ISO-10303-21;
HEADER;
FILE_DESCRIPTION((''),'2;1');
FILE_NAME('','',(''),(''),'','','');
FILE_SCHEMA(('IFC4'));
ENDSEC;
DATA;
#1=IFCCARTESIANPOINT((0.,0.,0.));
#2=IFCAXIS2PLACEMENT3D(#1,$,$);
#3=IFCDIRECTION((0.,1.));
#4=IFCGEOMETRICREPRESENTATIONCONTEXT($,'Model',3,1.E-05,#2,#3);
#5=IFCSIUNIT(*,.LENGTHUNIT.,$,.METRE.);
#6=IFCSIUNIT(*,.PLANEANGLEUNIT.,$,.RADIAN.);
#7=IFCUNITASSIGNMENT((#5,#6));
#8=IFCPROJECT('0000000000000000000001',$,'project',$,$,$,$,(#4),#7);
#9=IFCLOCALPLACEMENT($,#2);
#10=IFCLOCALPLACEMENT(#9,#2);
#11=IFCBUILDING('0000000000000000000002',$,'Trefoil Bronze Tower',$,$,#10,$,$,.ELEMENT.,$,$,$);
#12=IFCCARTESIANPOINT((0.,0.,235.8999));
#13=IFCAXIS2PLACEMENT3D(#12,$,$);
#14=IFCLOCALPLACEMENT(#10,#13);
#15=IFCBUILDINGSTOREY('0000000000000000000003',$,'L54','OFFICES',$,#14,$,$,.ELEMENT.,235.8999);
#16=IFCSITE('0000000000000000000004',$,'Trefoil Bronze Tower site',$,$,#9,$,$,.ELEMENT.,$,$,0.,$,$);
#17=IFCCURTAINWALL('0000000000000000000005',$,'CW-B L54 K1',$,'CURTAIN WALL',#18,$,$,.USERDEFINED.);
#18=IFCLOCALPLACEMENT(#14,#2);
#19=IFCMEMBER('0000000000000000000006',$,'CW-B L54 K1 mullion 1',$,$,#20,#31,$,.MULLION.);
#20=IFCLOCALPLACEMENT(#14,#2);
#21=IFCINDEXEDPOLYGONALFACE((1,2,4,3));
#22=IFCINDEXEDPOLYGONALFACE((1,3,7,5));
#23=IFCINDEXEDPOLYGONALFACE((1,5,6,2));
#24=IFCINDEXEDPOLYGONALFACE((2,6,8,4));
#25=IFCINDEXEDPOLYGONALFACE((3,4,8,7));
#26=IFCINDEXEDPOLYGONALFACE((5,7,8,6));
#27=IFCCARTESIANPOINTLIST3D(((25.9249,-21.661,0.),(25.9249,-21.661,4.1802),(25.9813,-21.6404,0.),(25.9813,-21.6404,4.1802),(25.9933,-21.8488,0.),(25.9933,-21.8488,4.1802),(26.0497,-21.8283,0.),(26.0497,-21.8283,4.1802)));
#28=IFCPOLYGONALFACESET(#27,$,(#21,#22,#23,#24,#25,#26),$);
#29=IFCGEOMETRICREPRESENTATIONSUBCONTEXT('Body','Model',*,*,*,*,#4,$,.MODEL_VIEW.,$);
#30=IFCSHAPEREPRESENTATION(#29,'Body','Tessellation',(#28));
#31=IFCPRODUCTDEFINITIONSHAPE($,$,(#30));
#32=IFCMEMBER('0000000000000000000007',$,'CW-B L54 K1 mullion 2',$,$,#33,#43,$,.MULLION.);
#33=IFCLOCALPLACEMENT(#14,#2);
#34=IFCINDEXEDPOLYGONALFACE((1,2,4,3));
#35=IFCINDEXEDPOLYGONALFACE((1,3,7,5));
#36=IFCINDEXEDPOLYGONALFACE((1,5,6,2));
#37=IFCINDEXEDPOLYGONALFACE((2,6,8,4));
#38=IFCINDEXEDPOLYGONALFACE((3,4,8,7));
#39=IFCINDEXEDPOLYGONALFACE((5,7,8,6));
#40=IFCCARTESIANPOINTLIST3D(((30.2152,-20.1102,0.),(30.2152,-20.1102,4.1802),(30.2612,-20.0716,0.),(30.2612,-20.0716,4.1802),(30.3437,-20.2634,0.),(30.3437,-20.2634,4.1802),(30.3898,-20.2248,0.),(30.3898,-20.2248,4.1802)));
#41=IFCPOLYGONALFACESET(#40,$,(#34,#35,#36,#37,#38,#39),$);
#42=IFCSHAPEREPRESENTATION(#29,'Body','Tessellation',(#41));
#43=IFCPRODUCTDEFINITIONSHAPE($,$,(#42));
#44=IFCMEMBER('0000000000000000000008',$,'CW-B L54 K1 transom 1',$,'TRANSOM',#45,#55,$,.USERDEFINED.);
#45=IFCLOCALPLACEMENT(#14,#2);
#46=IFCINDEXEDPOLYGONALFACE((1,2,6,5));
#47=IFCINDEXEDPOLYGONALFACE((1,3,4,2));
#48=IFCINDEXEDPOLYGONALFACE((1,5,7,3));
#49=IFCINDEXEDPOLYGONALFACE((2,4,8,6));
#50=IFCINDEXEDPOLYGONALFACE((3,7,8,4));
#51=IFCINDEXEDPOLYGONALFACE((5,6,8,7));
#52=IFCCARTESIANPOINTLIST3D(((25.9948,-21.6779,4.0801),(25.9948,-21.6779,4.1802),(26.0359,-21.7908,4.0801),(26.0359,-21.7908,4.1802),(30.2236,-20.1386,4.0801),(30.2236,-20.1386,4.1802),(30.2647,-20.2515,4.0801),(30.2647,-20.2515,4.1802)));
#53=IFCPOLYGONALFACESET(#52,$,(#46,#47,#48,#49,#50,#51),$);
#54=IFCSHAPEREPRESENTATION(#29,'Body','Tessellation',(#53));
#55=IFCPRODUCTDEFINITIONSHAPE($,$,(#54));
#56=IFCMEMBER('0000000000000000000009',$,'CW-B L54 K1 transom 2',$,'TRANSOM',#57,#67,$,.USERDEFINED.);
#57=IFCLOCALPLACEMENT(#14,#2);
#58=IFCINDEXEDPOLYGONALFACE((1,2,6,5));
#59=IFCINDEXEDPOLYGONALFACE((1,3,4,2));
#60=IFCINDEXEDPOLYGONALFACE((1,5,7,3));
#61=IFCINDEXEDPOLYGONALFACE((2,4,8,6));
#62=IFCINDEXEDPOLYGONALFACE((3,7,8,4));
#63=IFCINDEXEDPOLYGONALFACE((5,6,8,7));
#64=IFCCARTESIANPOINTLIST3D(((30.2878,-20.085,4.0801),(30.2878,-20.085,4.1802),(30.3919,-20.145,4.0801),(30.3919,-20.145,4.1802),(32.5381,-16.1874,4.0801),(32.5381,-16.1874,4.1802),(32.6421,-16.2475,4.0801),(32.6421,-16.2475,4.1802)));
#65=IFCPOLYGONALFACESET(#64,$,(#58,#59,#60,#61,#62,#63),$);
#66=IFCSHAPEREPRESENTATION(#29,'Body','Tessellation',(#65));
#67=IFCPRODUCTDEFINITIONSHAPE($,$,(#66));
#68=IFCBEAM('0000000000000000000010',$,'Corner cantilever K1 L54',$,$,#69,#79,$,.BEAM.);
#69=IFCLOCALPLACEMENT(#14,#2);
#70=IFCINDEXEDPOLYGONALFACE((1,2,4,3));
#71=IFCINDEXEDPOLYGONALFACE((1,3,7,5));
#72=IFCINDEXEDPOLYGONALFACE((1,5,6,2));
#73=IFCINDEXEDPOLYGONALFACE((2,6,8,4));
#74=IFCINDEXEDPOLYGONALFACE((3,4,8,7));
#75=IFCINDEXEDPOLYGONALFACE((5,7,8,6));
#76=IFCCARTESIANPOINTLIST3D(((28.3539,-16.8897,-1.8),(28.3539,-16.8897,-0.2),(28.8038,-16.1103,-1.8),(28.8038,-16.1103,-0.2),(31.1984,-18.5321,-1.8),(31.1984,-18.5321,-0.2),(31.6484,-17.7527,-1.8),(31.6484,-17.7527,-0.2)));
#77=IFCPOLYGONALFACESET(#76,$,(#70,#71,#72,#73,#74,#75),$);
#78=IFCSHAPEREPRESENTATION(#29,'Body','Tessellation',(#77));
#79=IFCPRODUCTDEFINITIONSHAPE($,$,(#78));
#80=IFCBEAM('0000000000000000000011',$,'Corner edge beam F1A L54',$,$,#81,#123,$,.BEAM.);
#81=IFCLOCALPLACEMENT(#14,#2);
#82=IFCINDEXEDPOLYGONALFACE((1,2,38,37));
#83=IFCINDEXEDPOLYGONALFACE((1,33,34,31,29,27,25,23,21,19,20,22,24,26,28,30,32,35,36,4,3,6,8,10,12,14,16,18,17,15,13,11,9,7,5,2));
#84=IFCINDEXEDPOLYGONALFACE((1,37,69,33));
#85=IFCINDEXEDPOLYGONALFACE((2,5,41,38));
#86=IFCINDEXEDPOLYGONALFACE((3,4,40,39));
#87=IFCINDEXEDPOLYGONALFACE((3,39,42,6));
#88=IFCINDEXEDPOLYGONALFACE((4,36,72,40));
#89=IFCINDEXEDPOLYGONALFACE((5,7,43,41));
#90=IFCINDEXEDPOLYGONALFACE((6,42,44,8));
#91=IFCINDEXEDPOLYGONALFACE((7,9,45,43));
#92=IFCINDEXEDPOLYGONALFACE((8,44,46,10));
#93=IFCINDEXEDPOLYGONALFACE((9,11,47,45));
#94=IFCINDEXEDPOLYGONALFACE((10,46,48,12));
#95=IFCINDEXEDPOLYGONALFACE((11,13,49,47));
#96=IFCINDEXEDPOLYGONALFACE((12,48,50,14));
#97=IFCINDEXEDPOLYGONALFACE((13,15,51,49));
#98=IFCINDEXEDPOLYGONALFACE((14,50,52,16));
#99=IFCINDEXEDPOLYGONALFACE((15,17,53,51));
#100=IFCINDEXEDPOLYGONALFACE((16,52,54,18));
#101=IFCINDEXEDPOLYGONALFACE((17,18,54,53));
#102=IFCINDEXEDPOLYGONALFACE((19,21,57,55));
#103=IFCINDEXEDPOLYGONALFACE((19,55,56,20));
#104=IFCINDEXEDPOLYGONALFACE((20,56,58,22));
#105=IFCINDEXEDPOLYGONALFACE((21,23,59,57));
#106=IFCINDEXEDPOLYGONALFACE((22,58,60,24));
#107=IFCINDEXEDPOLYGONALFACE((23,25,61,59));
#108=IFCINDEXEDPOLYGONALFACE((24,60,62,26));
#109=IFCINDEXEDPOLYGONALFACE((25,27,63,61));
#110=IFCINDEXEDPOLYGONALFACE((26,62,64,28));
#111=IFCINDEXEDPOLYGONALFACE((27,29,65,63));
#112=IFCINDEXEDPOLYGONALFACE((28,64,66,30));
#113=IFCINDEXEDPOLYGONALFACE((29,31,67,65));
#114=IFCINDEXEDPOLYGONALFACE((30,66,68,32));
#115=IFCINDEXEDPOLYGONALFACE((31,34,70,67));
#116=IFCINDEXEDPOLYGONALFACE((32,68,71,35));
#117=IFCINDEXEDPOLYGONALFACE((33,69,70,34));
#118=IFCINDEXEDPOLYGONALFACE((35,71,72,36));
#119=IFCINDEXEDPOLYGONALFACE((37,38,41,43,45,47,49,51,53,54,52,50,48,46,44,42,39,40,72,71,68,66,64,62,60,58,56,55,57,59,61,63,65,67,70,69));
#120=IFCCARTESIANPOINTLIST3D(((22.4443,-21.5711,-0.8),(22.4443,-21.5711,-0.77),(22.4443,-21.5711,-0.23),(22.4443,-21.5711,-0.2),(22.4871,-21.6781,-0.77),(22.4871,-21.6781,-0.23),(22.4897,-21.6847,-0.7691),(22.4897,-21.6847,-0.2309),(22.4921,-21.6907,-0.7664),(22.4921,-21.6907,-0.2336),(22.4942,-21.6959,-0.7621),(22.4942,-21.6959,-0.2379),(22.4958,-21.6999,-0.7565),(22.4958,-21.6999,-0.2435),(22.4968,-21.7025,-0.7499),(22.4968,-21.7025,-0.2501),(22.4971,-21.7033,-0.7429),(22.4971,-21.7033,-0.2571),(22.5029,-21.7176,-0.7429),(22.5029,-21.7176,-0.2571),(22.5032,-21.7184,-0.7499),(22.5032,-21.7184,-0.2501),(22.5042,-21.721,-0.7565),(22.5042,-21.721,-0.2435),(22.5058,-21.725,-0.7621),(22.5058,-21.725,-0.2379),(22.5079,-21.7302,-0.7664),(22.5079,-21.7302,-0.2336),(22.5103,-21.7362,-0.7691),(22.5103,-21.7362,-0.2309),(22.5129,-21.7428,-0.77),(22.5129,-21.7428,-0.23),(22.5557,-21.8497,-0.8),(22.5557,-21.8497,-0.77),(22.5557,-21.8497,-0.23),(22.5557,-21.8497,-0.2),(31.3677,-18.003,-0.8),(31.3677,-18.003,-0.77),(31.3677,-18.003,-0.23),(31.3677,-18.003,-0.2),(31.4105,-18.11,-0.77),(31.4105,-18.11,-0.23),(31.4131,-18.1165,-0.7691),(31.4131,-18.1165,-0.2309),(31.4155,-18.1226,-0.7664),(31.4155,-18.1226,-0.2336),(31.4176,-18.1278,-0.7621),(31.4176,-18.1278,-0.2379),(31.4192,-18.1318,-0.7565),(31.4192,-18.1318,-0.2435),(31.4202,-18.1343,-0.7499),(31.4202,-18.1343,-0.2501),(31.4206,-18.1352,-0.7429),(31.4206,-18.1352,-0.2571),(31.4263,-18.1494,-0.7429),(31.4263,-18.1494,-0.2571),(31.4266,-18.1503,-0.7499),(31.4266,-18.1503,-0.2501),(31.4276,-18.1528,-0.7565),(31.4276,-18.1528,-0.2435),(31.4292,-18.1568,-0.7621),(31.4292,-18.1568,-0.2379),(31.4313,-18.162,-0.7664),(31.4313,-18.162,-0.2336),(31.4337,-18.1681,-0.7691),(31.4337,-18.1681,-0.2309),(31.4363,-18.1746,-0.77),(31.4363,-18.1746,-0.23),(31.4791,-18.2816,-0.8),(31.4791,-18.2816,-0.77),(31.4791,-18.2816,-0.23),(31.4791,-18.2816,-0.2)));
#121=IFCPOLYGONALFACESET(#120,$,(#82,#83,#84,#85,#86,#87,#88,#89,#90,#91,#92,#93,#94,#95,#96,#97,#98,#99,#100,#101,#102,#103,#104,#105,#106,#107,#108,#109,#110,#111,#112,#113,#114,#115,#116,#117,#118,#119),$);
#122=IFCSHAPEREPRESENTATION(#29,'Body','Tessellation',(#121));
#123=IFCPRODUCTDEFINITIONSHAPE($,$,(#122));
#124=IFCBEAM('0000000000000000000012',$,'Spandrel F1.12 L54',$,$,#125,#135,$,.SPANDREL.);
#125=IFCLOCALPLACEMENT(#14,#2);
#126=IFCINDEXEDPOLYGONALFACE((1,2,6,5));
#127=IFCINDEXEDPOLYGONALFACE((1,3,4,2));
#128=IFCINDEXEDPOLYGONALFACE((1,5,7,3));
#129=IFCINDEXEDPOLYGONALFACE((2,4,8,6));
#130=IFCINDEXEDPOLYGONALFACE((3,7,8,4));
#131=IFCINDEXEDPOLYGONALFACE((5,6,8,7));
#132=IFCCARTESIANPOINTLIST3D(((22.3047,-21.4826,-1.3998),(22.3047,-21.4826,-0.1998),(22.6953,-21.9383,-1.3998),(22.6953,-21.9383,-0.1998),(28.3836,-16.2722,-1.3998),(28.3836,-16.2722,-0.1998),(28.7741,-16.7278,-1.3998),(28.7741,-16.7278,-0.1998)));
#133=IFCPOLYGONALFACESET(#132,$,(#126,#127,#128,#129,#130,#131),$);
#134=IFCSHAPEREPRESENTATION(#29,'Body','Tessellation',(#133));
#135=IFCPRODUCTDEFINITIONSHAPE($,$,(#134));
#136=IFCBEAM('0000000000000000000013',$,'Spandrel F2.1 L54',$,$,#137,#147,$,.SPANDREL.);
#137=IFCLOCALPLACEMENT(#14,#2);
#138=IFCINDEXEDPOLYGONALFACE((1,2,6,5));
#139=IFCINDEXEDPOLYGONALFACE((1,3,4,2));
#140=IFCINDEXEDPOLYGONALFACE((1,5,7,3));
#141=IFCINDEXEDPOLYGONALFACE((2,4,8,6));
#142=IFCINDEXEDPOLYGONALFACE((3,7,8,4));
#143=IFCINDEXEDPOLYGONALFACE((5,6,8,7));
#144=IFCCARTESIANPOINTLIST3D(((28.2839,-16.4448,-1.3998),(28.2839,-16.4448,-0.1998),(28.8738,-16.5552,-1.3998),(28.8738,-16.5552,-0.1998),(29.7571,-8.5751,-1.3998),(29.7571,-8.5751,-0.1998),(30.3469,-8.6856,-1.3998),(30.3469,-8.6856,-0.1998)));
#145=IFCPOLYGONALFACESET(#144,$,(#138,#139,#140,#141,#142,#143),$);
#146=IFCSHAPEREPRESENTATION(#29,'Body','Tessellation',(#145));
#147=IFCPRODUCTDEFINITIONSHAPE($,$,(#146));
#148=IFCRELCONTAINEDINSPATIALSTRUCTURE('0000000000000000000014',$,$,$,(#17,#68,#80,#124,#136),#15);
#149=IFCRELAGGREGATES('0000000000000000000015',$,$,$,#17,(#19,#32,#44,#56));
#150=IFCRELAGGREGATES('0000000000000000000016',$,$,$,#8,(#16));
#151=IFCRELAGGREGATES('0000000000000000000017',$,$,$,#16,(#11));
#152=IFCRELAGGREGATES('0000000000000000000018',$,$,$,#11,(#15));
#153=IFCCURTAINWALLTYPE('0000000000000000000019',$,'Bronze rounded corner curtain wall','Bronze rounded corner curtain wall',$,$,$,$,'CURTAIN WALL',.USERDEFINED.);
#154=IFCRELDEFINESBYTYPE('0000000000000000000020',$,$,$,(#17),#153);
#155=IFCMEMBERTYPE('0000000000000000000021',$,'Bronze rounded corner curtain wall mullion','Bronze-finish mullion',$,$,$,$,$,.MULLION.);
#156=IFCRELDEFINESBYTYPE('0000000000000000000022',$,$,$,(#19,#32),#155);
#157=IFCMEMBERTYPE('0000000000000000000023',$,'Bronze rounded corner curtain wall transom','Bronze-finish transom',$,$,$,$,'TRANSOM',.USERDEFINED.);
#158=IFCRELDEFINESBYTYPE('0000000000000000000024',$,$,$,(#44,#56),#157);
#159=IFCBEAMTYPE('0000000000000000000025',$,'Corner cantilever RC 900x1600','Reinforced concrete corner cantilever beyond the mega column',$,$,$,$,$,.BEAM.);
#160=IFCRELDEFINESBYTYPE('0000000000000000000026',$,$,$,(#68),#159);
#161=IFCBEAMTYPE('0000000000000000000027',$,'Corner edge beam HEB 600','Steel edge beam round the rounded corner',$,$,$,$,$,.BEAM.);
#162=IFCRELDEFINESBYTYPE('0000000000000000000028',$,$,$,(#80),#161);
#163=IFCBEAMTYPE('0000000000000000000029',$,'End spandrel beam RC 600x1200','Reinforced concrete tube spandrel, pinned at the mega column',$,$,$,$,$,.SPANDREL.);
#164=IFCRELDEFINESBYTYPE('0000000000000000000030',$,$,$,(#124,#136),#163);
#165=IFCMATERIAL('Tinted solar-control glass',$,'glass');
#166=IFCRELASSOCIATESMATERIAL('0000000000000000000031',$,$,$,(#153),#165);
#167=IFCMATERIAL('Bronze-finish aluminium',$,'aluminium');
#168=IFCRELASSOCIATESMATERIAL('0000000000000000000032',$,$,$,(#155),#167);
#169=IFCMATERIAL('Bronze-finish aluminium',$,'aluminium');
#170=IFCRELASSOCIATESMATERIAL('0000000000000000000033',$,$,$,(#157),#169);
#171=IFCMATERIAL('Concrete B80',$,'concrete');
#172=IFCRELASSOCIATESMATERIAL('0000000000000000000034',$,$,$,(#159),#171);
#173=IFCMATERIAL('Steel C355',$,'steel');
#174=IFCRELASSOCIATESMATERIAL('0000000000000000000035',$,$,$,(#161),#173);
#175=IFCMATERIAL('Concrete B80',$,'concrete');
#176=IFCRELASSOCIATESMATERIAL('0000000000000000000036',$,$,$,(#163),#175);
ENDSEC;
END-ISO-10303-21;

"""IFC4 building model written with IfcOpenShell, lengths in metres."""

from ifc_helpers import new_model, si_unit, direction, frame, origin, origin_2d, place, context, subcontext, project, spatial, rectangle, i_section, extrude, material, material_profile, profile_set, type_object, element, aggregate, save


model = new_model("IFC4")

# Units and contexts
model_context = context("Model", 3, precision=1e-05, world=origin(), true_north=direction((0.0, 1.0)))
body_context = subcontext(model_context, "Body", "Model", "MODEL_VIEW")
ifc_project = project(units=[si_unit("LENGTHUNIT", "METRE"), si_unit("PLANEANGLEUNIT", "RADIAN")], contexts=[model_context])

# Site, building, storey
site_placement = place(None, origin())
site = spatial("IfcSite", under=ifc_project, at=site_placement, Name="Trefoil Bronze Tower site", CompositionType="ELEMENT", RefElevation=0.0)
building_placement = place(site_placement, origin())
building = spatial("IfcBuilding", under=site, at=building_placement, Name="Trefoil Bronze Tower", CompositionType="ELEMENT")
storey_placement = place(building_placement, frame((0.0, 0.0, 235.8999)))
storey = spatial("IfcBuildingStorey", under=building, at=storey_placement, Name="L54", Description="OFFICES", CompositionType="ELEMENT", Elevation=235.8999)

# Curtain wall, members
ifc_material_1 = material(Name="Tinted solar-control glass", Category="glass")
curtain_wall_type_1 = type_object("IfcCurtainWallType", Name="Bronze rounded corner curtain wall", Description="Bronze rounded corner curtain wall", ElementType="CURTAIN WALL", PredefinedType="USERDEFINED", material=ifc_material_1)
curtain_wall_1_placement = place(storey_placement, origin())
curtain_wall_1 = element("IfcCurtainWall", 1, at=curtain_wall_1_placement, inside=storey, type_object=curtain_wall_type_1, Name="CW-B L54 K1", ObjectType="CURTAIN WALL", PredefinedType="USERDEFINED")
ifc_material_2 = material(Name="Bronze-finish aluminium", Category="aluminium")
ifc_material_profile_1 = material_profile(ifc_material_2, rectangle(XDim=0.2, YDim=0.0601, at=origin_2d()), Name="CW-B mullion")
ifc_profile_set_1 = profile_set([ifc_material_profile_1], Name="Bronze-finish aluminium")
member_type_1 = type_object("IfcMemberType", Name="Bronze rounded corner curtain wall mullion", Description="Bronze-finish mullion", PredefinedType="MULLION", material=ifc_profile_set_1)
member_1_placement = place(storey_placement, frame((25.9873, -21.7446, 0.0), z_axis=(0.0, 0.0, 1.0), x_axis=(-0.34202, 0.939693, 0.0)))
member_1 = element("IfcMember", 2, at=member_1_placement, type_object=member_type_1, Name="CW-B L54 K1 mullion 1", PredefinedType="MULLION", context=body_context, shape_type="SweptSolid", body=[
    extrude(rectangle(XDim=0.2, YDim=0.0601, at=origin_2d()), origin(), (0.0, 0.0, 1.0), 4.1802),
])
member_2_placement = place(storey_placement, frame((30.3025, -20.1675, 0.0), z_axis=(0.0, 0.0, 1.0), x_axis=(-0.642788, 0.766044, 0.0)))
member_2 = element("IfcMember", 3, at=member_2_placement, type_object=member_type_1, Name="CW-B L54 K1 mullion 2", PredefinedType="MULLION", context=body_context, shape_type="SweptSolid", body=[
    extrude(rectangle(XDim=0.2, YDim=0.0601, at=origin_2d()), origin(), (0.0, 0.0, 1.0), 4.1802),
])
ifc_material_3 = material(Name="Bronze-finish aluminium", Category="aluminium")
ifc_material_profile_2 = material_profile(ifc_material_3, rectangle(XDim=0.1201, YDim=0.1001, at=origin_2d()), Name="CW-B transom")
ifc_profile_set_2 = profile_set([ifc_material_profile_2], Name="Bronze-finish aluminium")
member_type_2 = type_object("IfcMemberType", Name="Bronze rounded corner curtain wall transom", Description="Bronze-finish transom", ElementType="TRANSOM", PredefinedType="USERDEFINED", material=ifc_profile_set_2)
member_3_placement = place(storey_placement, frame((26.0154, -21.7344, 4.1301), z_axis=(0.939681, 0.342052, 0.0), x_axis=(-0.342052, 0.939681, 0.0)))
member_3 = element("IfcMember", 4, at=member_3_placement, type_object=member_type_2, Name="CW-B L54 K1 transom 1", ObjectType="TRANSOM", PredefinedType="USERDEFINED", context=body_context, shape_type="SweptSolid", body=[
    extrude(rectangle(XDim=0.1201, YDim=0.1001, at=origin_2d()), origin(), (0.0, 0.0, 1.0), 4.5002),
])
member_4_placement = place(storey_placement, frame((30.3398, -20.115, 4.1301), z_axis=(0.500007, 0.866021, 0.0), x_axis=(-0.866021, 0.500007, 0.0)))
member_4 = element("IfcMember", 5, at=member_4_placement, type_object=member_type_2, Name="CW-B L54 K1 transom 2", ObjectType="TRANSOM", PredefinedType="USERDEFINED", context=body_context, shape_type="SweptSolid", body=[
    extrude(rectangle(XDim=0.1201, YDim=0.1001, at=origin_2d()), origin(), (0.0, 0.0, 1.0), 4.5005),
])

# Beams
ifc_material_4 = material(Name="Concrete B80", Category="concrete")
ifc_material_profile_3 = material_profile(ifc_material_4, rectangle(XDim=0.8999, YDim=1.6001, at=origin_2d()), Name="RC 900x1600")
ifc_profile_set_3 = profile_set([ifc_material_profile_3], Name="Concrete B80")
beam_type_1 = type_object("IfcBeamType", Name="Corner cantilever RC 900x1600", Description="Reinforced concrete corner cantilever beyond the mega column", PredefinedType="BEAM", material=ifc_profile_set_3)
beam_1_placement = place(storey_placement, frame((28.5789, -16.5, -1.0), z_axis=(0.866016, -0.500016, 0.0), x_axis=(0.500016, 0.866016, 0.0)))
element("IfcBeam", 6, at=beam_1_placement, inside=storey, type_object=beam_type_1, Name="Corner cantilever K1 L54", PredefinedType="BEAM", context=body_context, shape_type="SweptSolid", body=[
    extrude(rectangle(XDim=0.8999, YDim=1.6001, at=origin_2d()), origin(), (0.0, 0.0, 1.0), 3.2847),
])
ifc_material_5 = material(Name="Steel C355", Category="steel")
ifc_material_profile_4 = material_profile(ifc_material_5, i_section(OverallWidth=0.3, OverallDepth=0.6001, WebThickness=0.0154, FlangeThickness=0.03, FilletRadius=0.0271, at=origin_2d()), Name="HEB 600")
ifc_profile_set_4 = profile_set([ifc_material_profile_4], Name="Steel C355")
beam_type_2 = type_object("IfcBeamType", Name="Corner edge beam HEB 600", Description="Steel edge beam round the rounded corner", PredefinedType="BEAM", material=ifc_profile_set_4)
beam_2_placement = place(storey_placement, frame((22.5, -21.7104, -0.5), z_axis=(0.92852, 0.371281, 0.0), x_axis=(-0.371281, 0.92852, 0.0)))
element("IfcBeam", 7, at=beam_2_placement, inside=storey, type_object=beam_type_2, Name="Corner edge beam F1A L54", PredefinedType="BEAM", context=body_context, shape_type="SweptSolid", body=[
    extrude(i_section(OverallWidth=0.3, OverallDepth=0.6001, WebThickness=0.0154, FlangeThickness=0.03, FilletRadius=0.0271, at=origin_2d()), origin(), (0.0, 0.0, 1.0), 9.6104),
])
ifc_material_6 = material(Name="Concrete B80", Category="concrete")
ifc_material_profile_5 = material_profile(ifc_material_6, rectangle(XDim=0.6001, YDim=1.2, at=origin_2d()), Name="RC 600x1200")
ifc_profile_set_5 = profile_set([ifc_material_profile_5], Name="Concrete B80")
beam_type_3 = type_object("IfcBeamType", Name="End spandrel beam RC 600x1200", Description="Reinforced concrete tube spandrel, pinned at the mega column", PredefinedType="SPANDREL", material=ifc_profile_set_5)
for number, where, z_axis, x_axis, name in (
    (8, (22.5, -21.7104, -0.7998), (0.759257, 0.650791, 0.0), (-0.650791, 0.759257, 0.0), "Spandrel F1.12 L54"),
    (9, (28.5789, -16.5, -0.7998), (0.183998, 0.982927, 0.0), (-0.982927, 0.183998, 0.0), "Spandrel F2.1 L54"),
):
    element("IfcBeam", number, at=place(storey_placement, frame(where, z_axis=z_axis, x_axis=x_axis)), inside=storey, type_object=beam_type_3, Name=name, PredefinedType="SPANDREL", context=body_context, shape_type="SweptSolid", body=[
        extrude(rectangle(XDim=0.6001, YDim=1.2, at=origin_2d()), origin(), (0.0, 0.0, 1.0), 8.0063),
    ])

aggregate(curtain_wall_1, [member_1, member_2, member_3, member_4])

save(model, "model.ifc")
